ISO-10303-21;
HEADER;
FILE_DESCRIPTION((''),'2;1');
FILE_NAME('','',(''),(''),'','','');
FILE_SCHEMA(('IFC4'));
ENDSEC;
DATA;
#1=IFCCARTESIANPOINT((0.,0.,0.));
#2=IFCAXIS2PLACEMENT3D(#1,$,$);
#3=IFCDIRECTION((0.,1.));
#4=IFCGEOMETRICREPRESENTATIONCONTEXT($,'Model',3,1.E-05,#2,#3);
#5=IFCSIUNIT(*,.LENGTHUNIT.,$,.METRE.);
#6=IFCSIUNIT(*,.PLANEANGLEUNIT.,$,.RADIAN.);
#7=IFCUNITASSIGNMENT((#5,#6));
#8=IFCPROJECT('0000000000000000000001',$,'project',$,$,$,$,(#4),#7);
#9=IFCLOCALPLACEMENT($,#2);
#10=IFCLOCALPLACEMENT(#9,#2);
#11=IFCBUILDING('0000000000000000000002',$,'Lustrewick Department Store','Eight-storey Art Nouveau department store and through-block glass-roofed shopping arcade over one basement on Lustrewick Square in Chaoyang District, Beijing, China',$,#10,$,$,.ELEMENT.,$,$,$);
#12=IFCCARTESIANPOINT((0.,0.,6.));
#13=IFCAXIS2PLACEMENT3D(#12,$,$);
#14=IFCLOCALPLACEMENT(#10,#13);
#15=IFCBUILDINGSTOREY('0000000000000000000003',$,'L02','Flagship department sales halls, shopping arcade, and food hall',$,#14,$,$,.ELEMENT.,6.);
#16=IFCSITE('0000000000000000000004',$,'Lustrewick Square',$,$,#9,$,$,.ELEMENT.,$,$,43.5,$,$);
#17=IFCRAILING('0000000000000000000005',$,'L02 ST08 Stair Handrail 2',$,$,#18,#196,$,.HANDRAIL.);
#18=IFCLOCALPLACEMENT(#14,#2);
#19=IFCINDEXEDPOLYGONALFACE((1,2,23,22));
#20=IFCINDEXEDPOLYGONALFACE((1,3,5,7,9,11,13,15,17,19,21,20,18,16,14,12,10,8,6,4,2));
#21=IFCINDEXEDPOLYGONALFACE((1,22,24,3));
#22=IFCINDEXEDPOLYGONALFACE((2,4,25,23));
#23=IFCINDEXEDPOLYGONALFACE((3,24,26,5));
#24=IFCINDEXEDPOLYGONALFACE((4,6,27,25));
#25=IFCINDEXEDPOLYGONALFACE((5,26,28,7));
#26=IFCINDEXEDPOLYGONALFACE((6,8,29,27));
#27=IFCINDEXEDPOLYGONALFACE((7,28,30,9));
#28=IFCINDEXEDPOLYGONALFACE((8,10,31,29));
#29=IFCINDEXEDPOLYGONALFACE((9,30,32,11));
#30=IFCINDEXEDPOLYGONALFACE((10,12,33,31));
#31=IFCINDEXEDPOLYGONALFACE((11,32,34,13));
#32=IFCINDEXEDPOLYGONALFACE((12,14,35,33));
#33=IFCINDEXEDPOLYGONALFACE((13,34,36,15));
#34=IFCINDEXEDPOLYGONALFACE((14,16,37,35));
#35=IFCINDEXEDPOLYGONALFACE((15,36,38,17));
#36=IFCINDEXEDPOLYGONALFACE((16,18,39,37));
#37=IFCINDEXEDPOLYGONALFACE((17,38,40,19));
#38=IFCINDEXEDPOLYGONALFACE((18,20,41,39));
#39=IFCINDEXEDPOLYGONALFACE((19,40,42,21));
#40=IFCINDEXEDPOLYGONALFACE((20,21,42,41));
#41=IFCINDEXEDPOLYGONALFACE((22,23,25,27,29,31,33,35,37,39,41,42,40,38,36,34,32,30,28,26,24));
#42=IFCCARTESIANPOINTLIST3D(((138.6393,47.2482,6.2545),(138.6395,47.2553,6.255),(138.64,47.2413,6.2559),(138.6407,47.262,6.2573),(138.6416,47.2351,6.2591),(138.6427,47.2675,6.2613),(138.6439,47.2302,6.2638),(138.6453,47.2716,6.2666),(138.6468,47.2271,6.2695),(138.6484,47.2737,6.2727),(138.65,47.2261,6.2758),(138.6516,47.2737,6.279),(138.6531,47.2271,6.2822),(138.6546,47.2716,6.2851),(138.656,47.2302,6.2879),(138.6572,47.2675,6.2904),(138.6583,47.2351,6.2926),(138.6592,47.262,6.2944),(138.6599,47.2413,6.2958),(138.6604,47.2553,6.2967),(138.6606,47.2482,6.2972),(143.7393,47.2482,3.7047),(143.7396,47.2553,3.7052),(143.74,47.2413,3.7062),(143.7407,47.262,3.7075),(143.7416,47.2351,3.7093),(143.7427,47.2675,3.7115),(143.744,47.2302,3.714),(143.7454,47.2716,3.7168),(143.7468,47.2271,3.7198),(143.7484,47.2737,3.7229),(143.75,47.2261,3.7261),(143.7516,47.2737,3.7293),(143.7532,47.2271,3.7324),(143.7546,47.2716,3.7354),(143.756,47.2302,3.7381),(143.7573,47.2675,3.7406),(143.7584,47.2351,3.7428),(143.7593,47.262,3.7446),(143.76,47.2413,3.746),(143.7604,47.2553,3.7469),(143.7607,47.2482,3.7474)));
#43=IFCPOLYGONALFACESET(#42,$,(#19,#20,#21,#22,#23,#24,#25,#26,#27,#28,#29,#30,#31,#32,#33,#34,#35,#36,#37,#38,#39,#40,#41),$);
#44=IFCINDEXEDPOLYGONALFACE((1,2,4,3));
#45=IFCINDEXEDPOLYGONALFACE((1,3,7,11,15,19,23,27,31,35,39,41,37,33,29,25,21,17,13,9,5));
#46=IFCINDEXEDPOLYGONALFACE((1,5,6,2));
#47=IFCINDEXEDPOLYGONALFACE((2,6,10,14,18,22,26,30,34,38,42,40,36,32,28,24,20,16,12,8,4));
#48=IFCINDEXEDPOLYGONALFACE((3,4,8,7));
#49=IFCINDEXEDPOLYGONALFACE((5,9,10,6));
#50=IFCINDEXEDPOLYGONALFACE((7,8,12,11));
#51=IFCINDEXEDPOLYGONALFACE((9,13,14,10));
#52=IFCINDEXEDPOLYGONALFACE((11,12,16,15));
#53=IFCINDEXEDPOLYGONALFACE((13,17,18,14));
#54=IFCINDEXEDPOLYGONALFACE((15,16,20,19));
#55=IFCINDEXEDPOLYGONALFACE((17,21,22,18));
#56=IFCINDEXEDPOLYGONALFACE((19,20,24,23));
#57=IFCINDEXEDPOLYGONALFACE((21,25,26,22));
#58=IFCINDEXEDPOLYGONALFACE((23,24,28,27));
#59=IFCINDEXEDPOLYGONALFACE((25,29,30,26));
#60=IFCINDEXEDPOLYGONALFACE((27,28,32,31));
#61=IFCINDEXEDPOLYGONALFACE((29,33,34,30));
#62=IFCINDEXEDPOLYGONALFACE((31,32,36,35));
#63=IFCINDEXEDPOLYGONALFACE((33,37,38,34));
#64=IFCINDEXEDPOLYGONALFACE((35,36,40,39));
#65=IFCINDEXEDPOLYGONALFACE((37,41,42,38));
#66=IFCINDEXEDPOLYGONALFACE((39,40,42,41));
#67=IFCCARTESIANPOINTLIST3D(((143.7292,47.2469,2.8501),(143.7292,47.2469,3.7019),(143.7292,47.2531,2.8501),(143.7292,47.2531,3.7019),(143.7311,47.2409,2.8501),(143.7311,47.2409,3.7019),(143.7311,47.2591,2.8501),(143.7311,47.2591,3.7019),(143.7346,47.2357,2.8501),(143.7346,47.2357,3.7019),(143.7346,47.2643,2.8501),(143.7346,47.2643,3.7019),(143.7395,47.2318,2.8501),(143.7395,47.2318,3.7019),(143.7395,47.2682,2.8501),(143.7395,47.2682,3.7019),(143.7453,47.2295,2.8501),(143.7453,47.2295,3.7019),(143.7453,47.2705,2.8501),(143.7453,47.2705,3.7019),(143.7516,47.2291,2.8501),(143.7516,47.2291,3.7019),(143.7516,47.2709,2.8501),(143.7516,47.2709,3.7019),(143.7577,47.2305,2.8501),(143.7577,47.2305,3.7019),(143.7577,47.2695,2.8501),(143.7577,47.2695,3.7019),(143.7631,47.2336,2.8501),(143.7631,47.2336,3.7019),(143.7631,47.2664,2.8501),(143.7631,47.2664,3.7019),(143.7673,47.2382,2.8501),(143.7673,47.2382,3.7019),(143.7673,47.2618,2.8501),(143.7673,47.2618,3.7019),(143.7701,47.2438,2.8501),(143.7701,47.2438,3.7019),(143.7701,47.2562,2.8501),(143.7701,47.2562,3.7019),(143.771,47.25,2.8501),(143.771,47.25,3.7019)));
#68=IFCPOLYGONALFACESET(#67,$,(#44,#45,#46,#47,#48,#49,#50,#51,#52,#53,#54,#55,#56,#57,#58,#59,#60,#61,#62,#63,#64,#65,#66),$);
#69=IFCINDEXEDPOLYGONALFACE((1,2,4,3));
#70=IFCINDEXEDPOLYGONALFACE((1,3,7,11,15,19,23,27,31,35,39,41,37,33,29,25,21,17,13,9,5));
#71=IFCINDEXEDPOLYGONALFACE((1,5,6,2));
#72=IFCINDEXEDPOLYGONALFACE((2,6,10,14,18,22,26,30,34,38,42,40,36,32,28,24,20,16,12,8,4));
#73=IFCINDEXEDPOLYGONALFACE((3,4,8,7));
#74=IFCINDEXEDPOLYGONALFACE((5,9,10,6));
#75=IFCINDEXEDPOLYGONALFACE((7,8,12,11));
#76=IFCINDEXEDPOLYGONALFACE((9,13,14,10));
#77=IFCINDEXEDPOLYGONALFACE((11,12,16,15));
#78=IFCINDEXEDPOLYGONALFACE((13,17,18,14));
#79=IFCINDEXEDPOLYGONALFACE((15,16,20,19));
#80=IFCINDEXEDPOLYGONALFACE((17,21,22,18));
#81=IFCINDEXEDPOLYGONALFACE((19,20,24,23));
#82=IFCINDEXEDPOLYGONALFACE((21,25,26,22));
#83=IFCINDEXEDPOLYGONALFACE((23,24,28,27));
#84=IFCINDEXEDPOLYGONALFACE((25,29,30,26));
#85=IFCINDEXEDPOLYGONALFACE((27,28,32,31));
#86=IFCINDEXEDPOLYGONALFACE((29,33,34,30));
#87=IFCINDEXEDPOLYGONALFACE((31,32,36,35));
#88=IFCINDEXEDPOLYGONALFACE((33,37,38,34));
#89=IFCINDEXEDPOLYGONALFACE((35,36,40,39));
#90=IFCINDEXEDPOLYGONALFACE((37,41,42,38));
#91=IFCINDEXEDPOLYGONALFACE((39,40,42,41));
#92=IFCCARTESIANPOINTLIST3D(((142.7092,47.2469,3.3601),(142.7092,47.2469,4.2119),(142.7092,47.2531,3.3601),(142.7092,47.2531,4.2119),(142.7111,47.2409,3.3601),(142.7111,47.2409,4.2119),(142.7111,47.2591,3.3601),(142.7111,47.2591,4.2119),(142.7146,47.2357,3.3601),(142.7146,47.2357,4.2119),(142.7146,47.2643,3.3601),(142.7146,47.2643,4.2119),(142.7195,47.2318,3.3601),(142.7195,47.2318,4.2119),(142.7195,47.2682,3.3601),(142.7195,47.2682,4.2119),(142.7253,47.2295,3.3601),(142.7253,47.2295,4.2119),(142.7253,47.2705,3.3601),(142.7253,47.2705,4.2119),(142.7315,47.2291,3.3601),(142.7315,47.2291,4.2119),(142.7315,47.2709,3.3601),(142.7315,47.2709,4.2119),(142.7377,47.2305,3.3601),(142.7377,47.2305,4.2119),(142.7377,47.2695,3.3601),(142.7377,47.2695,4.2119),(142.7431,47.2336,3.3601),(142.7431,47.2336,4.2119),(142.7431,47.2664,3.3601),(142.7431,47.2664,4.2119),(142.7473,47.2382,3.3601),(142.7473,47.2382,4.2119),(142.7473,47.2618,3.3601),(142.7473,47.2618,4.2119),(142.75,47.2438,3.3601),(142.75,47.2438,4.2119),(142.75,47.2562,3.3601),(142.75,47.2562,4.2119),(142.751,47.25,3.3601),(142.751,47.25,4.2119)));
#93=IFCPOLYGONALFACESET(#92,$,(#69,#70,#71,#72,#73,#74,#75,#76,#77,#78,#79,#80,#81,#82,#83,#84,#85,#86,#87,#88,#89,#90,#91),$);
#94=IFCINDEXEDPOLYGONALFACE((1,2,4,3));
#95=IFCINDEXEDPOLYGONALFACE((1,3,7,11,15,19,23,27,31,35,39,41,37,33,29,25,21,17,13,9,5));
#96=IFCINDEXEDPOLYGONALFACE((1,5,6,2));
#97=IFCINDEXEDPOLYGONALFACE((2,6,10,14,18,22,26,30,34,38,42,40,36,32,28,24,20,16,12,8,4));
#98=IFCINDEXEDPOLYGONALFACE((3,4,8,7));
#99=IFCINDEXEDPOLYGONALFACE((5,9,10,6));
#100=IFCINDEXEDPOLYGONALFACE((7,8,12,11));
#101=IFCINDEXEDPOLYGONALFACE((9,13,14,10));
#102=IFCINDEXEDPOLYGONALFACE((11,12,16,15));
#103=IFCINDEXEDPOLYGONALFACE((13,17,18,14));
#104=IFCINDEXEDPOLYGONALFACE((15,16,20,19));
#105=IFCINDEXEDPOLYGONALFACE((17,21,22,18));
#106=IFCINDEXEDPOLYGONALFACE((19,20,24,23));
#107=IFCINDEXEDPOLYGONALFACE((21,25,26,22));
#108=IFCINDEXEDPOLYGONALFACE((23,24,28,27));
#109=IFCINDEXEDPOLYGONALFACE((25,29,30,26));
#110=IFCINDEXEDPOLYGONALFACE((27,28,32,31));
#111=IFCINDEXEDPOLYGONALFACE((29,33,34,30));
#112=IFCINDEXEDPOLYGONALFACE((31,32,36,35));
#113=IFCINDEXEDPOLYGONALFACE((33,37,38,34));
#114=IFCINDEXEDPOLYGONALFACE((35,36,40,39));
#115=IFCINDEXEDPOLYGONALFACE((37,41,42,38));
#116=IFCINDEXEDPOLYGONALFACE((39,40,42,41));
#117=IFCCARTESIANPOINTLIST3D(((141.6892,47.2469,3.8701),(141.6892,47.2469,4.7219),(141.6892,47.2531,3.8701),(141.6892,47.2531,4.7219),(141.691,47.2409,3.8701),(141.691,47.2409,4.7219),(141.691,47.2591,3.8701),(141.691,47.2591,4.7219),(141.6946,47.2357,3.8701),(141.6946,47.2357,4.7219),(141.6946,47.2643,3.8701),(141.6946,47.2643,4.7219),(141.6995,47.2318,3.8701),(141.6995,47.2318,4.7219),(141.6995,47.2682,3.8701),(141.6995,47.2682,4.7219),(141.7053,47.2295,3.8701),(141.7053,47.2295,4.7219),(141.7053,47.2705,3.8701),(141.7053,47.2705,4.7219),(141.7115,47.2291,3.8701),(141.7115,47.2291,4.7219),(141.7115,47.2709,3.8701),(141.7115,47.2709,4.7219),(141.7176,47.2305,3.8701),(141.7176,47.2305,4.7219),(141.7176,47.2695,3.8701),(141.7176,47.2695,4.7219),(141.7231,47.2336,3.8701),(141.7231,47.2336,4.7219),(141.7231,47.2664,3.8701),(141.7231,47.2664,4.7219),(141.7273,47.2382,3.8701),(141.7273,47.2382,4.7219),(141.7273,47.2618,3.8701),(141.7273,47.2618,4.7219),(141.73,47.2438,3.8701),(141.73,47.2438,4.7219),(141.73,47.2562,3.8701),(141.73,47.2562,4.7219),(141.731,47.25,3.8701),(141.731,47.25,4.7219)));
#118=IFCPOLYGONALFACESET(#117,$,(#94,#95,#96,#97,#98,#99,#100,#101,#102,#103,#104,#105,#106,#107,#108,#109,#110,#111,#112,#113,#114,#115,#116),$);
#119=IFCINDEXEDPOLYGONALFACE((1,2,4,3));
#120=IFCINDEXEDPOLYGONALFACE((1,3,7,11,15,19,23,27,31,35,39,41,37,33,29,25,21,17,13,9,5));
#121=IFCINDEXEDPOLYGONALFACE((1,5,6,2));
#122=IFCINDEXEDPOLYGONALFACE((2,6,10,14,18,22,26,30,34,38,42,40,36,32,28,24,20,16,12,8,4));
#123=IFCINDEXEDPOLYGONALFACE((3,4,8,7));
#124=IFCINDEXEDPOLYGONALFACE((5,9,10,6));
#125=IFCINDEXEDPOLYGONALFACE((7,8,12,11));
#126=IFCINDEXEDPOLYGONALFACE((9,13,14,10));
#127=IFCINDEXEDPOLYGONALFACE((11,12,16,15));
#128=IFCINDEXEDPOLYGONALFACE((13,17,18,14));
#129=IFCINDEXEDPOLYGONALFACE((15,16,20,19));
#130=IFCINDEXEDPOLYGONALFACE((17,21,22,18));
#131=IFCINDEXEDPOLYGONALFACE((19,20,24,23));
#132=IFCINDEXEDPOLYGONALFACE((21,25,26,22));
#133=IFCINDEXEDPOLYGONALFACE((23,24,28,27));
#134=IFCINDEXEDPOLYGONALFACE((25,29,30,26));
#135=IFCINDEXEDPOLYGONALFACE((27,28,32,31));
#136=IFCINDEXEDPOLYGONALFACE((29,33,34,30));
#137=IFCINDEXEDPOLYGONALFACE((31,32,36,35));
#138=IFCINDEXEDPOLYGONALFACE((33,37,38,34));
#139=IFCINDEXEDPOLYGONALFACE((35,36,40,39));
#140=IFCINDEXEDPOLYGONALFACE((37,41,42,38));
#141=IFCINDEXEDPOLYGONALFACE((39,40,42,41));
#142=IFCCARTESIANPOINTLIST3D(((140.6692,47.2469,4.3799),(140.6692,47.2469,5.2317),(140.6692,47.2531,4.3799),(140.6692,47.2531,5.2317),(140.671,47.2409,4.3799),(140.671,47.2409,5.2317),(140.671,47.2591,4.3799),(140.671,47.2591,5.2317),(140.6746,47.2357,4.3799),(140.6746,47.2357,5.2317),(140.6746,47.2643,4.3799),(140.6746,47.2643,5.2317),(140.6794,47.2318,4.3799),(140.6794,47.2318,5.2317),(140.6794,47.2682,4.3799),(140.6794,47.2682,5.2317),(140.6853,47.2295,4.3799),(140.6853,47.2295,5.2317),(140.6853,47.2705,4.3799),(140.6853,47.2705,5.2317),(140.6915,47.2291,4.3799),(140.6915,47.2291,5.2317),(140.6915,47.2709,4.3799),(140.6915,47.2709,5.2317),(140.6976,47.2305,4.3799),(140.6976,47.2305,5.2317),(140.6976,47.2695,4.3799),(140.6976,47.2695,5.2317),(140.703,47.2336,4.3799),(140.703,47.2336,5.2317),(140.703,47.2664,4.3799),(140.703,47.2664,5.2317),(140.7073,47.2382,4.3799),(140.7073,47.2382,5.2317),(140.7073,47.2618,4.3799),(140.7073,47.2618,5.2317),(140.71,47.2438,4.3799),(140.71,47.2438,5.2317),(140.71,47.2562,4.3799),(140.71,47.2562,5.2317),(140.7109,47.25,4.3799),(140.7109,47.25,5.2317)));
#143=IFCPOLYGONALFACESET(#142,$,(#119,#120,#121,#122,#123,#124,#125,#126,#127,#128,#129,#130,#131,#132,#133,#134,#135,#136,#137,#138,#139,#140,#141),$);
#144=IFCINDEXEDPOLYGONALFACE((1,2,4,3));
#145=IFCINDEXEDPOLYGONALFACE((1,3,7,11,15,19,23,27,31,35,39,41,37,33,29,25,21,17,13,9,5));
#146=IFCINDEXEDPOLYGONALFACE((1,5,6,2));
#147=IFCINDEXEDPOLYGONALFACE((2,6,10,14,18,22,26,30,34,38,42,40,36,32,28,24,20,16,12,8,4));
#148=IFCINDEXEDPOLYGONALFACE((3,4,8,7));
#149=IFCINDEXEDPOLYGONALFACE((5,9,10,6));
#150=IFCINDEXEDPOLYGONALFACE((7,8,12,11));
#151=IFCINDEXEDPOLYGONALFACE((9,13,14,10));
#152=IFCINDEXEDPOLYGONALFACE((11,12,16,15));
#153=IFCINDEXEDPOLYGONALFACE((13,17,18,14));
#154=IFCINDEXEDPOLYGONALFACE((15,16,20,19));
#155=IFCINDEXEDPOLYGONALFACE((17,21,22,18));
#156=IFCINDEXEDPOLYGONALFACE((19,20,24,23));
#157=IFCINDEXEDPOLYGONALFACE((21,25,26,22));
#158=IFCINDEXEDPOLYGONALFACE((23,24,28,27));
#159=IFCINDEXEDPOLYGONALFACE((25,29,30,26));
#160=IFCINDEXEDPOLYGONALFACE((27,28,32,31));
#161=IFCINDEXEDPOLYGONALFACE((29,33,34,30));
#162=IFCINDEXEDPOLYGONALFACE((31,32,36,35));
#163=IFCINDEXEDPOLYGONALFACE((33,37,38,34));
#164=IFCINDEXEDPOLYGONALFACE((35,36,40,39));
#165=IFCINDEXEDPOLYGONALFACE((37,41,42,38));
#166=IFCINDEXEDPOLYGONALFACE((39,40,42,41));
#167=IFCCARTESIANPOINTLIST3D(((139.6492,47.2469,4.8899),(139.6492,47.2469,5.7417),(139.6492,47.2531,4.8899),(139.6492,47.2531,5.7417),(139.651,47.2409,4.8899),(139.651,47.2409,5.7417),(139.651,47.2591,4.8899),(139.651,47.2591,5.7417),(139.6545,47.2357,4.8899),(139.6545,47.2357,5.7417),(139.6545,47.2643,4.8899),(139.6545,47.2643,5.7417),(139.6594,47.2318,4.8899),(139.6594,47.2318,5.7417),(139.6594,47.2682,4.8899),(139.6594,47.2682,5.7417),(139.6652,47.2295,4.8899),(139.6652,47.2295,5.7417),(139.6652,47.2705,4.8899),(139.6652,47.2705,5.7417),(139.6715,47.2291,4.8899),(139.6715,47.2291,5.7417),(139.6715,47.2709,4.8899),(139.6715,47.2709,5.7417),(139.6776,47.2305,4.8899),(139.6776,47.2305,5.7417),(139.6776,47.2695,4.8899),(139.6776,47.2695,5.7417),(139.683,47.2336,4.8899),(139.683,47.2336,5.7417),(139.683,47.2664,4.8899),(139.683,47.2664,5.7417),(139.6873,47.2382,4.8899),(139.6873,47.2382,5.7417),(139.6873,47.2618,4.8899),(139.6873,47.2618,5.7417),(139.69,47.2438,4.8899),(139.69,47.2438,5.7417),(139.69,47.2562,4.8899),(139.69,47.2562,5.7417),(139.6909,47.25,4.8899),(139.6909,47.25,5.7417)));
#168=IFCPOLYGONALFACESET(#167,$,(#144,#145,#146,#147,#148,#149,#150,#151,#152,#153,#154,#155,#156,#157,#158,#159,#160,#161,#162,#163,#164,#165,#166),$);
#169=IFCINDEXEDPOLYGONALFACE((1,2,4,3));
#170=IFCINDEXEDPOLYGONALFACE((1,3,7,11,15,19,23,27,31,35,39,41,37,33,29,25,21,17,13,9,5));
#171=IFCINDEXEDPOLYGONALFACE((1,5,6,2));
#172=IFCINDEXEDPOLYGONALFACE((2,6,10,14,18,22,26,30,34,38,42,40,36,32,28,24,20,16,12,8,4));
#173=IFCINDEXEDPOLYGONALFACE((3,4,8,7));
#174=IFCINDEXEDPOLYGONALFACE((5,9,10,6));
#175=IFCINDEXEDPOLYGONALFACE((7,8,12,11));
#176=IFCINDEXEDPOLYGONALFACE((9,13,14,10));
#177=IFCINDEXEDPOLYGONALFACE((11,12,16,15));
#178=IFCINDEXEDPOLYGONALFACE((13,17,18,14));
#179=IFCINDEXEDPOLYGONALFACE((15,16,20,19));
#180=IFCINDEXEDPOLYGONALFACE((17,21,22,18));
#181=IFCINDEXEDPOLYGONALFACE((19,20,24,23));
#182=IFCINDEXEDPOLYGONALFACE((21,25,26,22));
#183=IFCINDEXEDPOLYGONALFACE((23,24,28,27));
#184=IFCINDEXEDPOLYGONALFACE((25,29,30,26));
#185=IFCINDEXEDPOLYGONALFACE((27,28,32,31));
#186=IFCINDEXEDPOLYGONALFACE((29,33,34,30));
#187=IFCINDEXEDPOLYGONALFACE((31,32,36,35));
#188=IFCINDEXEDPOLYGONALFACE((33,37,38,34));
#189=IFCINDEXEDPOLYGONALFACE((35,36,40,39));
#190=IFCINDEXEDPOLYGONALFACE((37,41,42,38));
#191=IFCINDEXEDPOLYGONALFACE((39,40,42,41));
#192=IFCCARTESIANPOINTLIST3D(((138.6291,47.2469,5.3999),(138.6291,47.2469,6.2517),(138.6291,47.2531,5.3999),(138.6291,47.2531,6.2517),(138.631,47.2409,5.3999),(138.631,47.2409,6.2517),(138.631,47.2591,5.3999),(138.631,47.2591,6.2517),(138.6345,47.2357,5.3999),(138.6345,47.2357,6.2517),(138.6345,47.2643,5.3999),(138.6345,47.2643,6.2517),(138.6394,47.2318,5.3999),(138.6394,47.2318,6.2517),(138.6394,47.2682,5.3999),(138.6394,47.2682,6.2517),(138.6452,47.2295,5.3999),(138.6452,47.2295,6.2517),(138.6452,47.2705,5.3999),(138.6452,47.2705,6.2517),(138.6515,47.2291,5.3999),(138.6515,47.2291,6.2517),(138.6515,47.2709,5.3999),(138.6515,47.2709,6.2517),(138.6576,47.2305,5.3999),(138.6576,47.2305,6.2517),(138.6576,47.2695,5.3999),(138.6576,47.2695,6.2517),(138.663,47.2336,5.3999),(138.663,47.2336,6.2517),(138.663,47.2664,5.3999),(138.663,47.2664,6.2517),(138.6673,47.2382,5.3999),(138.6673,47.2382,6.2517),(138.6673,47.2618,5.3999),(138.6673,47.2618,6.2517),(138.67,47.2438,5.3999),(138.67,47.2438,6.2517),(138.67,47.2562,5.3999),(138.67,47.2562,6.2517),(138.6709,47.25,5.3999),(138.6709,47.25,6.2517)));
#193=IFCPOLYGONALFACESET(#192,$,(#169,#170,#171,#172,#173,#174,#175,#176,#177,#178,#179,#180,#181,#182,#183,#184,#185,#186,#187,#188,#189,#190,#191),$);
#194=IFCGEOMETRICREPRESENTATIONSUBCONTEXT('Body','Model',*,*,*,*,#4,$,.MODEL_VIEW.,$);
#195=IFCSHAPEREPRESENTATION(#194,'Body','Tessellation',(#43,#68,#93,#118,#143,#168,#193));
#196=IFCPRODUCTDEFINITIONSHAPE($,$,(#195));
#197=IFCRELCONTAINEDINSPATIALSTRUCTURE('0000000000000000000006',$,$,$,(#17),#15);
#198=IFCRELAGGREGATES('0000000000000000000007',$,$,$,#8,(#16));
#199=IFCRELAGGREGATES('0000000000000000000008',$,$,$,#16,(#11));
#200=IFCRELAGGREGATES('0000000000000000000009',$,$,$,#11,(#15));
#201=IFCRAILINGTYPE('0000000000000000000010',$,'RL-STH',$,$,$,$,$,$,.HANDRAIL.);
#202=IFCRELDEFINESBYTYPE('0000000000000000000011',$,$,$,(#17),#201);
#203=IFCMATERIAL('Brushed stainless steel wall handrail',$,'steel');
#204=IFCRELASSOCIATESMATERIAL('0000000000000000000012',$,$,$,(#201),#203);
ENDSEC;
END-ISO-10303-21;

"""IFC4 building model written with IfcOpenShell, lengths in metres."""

from ifc_helpers import new_model, si_unit, direction, frame, origin, origin_2d, place, context, subcontext, project, spatial, circle, extrude, material, type_object, element, save


model = new_model("IFC4")

# Units and contexts
model_context = context("Model", 3, precision=1e-05, world=origin(), true_north=direction((0.0, 1.0)))
body_context = subcontext(model_context, "Body", "Model", "MODEL_VIEW")
ifc_project = project(units=[si_unit("LENGTHUNIT", "METRE"), si_unit("PLANEANGLEUNIT", "RADIAN")], contexts=[model_context])

# Site, building, storey
site_placement = place(None, origin())
site = spatial("IfcSite", under=ifc_project, at=site_placement, Name="Lustrewick Square", CompositionType="ELEMENT", RefElevation=43.5)
building_placement = place(site_placement, origin())
building = spatial("IfcBuilding", under=site, at=building_placement, Name="Lustrewick Department Store", Description="Eight-storey Art Nouveau department store and through-block glass-roofed shopping arcade over one basement on Lustrewick Square in Chaoyang District, Beijing, China", CompositionType="ELEMENT")
storey_placement = place(building_placement, frame((0.0, 0.0, 6.0)))
storey = spatial("IfcBuildingStorey", under=building, at=storey_placement, Name="L02", Description="Flagship department sales halls, shopping arcade, and food hall", CompositionType="ELEMENT", Elevation=6.0)

# Railing
ifc_material_1 = material(Name="Brushed stainless steel wall handrail", Category="steel")
railing_type_1 = type_object("IfcRailingType", Name="RL-STH", PredefinedType="HANDRAIL", material=ifc_material_1)
railing_1_placement = place(storey_placement, frame((143.75, 47.25, 2.8501)))
element("IfcRailing", 1, at=railing_1_placement, inside=storey, type_object=railing_type_1, Name="L02 ST08 Stair Handrail 2", PredefinedType="HANDRAIL", context=body_context, shape_type="SweptSolid", body=[
    extrude(circle(Radius=0.0239, at=origin_2d()), frame((0.0, 0.0, 0.876), z_axis=(-0.894444, 0.0, 0.447179), x_axis=(0.0, -1.0, 0.0)), (0.0, 0.0, 1.0), 5.7019),
    extrude(circle(Radius=0.021, at=origin_2d()), origin(), (0.0, 0.0, 1.0), 0.8518),
    extrude(circle(Radius=0.021, at=origin_2d()), frame((-1.02, 0.0, 0.51)), (0.0, 0.0, 1.0), 0.8518),
    extrude(circle(Radius=0.021, at=origin_2d()), frame((-2.04, 0.0, 1.02)), (0.0, 0.0, 1.0), 0.8518),
    extrude(circle(Radius=0.021, at=origin_2d()), frame((-3.0601, 0.0, 1.5298)), (0.0, 0.0, 1.0), 0.8518),
    extrude(circle(Radius=0.021, at=origin_2d()), frame((-4.0801, 0.0, 2.0398)), (0.0, 0.0, 1.0), 0.8518),
    extrude(circle(Radius=0.021, at=origin_2d()), frame((-5.1001, 0.0, 2.5498)), (0.0, 0.0, 1.0), 0.8518),
])

save(model, "model.ifc")
